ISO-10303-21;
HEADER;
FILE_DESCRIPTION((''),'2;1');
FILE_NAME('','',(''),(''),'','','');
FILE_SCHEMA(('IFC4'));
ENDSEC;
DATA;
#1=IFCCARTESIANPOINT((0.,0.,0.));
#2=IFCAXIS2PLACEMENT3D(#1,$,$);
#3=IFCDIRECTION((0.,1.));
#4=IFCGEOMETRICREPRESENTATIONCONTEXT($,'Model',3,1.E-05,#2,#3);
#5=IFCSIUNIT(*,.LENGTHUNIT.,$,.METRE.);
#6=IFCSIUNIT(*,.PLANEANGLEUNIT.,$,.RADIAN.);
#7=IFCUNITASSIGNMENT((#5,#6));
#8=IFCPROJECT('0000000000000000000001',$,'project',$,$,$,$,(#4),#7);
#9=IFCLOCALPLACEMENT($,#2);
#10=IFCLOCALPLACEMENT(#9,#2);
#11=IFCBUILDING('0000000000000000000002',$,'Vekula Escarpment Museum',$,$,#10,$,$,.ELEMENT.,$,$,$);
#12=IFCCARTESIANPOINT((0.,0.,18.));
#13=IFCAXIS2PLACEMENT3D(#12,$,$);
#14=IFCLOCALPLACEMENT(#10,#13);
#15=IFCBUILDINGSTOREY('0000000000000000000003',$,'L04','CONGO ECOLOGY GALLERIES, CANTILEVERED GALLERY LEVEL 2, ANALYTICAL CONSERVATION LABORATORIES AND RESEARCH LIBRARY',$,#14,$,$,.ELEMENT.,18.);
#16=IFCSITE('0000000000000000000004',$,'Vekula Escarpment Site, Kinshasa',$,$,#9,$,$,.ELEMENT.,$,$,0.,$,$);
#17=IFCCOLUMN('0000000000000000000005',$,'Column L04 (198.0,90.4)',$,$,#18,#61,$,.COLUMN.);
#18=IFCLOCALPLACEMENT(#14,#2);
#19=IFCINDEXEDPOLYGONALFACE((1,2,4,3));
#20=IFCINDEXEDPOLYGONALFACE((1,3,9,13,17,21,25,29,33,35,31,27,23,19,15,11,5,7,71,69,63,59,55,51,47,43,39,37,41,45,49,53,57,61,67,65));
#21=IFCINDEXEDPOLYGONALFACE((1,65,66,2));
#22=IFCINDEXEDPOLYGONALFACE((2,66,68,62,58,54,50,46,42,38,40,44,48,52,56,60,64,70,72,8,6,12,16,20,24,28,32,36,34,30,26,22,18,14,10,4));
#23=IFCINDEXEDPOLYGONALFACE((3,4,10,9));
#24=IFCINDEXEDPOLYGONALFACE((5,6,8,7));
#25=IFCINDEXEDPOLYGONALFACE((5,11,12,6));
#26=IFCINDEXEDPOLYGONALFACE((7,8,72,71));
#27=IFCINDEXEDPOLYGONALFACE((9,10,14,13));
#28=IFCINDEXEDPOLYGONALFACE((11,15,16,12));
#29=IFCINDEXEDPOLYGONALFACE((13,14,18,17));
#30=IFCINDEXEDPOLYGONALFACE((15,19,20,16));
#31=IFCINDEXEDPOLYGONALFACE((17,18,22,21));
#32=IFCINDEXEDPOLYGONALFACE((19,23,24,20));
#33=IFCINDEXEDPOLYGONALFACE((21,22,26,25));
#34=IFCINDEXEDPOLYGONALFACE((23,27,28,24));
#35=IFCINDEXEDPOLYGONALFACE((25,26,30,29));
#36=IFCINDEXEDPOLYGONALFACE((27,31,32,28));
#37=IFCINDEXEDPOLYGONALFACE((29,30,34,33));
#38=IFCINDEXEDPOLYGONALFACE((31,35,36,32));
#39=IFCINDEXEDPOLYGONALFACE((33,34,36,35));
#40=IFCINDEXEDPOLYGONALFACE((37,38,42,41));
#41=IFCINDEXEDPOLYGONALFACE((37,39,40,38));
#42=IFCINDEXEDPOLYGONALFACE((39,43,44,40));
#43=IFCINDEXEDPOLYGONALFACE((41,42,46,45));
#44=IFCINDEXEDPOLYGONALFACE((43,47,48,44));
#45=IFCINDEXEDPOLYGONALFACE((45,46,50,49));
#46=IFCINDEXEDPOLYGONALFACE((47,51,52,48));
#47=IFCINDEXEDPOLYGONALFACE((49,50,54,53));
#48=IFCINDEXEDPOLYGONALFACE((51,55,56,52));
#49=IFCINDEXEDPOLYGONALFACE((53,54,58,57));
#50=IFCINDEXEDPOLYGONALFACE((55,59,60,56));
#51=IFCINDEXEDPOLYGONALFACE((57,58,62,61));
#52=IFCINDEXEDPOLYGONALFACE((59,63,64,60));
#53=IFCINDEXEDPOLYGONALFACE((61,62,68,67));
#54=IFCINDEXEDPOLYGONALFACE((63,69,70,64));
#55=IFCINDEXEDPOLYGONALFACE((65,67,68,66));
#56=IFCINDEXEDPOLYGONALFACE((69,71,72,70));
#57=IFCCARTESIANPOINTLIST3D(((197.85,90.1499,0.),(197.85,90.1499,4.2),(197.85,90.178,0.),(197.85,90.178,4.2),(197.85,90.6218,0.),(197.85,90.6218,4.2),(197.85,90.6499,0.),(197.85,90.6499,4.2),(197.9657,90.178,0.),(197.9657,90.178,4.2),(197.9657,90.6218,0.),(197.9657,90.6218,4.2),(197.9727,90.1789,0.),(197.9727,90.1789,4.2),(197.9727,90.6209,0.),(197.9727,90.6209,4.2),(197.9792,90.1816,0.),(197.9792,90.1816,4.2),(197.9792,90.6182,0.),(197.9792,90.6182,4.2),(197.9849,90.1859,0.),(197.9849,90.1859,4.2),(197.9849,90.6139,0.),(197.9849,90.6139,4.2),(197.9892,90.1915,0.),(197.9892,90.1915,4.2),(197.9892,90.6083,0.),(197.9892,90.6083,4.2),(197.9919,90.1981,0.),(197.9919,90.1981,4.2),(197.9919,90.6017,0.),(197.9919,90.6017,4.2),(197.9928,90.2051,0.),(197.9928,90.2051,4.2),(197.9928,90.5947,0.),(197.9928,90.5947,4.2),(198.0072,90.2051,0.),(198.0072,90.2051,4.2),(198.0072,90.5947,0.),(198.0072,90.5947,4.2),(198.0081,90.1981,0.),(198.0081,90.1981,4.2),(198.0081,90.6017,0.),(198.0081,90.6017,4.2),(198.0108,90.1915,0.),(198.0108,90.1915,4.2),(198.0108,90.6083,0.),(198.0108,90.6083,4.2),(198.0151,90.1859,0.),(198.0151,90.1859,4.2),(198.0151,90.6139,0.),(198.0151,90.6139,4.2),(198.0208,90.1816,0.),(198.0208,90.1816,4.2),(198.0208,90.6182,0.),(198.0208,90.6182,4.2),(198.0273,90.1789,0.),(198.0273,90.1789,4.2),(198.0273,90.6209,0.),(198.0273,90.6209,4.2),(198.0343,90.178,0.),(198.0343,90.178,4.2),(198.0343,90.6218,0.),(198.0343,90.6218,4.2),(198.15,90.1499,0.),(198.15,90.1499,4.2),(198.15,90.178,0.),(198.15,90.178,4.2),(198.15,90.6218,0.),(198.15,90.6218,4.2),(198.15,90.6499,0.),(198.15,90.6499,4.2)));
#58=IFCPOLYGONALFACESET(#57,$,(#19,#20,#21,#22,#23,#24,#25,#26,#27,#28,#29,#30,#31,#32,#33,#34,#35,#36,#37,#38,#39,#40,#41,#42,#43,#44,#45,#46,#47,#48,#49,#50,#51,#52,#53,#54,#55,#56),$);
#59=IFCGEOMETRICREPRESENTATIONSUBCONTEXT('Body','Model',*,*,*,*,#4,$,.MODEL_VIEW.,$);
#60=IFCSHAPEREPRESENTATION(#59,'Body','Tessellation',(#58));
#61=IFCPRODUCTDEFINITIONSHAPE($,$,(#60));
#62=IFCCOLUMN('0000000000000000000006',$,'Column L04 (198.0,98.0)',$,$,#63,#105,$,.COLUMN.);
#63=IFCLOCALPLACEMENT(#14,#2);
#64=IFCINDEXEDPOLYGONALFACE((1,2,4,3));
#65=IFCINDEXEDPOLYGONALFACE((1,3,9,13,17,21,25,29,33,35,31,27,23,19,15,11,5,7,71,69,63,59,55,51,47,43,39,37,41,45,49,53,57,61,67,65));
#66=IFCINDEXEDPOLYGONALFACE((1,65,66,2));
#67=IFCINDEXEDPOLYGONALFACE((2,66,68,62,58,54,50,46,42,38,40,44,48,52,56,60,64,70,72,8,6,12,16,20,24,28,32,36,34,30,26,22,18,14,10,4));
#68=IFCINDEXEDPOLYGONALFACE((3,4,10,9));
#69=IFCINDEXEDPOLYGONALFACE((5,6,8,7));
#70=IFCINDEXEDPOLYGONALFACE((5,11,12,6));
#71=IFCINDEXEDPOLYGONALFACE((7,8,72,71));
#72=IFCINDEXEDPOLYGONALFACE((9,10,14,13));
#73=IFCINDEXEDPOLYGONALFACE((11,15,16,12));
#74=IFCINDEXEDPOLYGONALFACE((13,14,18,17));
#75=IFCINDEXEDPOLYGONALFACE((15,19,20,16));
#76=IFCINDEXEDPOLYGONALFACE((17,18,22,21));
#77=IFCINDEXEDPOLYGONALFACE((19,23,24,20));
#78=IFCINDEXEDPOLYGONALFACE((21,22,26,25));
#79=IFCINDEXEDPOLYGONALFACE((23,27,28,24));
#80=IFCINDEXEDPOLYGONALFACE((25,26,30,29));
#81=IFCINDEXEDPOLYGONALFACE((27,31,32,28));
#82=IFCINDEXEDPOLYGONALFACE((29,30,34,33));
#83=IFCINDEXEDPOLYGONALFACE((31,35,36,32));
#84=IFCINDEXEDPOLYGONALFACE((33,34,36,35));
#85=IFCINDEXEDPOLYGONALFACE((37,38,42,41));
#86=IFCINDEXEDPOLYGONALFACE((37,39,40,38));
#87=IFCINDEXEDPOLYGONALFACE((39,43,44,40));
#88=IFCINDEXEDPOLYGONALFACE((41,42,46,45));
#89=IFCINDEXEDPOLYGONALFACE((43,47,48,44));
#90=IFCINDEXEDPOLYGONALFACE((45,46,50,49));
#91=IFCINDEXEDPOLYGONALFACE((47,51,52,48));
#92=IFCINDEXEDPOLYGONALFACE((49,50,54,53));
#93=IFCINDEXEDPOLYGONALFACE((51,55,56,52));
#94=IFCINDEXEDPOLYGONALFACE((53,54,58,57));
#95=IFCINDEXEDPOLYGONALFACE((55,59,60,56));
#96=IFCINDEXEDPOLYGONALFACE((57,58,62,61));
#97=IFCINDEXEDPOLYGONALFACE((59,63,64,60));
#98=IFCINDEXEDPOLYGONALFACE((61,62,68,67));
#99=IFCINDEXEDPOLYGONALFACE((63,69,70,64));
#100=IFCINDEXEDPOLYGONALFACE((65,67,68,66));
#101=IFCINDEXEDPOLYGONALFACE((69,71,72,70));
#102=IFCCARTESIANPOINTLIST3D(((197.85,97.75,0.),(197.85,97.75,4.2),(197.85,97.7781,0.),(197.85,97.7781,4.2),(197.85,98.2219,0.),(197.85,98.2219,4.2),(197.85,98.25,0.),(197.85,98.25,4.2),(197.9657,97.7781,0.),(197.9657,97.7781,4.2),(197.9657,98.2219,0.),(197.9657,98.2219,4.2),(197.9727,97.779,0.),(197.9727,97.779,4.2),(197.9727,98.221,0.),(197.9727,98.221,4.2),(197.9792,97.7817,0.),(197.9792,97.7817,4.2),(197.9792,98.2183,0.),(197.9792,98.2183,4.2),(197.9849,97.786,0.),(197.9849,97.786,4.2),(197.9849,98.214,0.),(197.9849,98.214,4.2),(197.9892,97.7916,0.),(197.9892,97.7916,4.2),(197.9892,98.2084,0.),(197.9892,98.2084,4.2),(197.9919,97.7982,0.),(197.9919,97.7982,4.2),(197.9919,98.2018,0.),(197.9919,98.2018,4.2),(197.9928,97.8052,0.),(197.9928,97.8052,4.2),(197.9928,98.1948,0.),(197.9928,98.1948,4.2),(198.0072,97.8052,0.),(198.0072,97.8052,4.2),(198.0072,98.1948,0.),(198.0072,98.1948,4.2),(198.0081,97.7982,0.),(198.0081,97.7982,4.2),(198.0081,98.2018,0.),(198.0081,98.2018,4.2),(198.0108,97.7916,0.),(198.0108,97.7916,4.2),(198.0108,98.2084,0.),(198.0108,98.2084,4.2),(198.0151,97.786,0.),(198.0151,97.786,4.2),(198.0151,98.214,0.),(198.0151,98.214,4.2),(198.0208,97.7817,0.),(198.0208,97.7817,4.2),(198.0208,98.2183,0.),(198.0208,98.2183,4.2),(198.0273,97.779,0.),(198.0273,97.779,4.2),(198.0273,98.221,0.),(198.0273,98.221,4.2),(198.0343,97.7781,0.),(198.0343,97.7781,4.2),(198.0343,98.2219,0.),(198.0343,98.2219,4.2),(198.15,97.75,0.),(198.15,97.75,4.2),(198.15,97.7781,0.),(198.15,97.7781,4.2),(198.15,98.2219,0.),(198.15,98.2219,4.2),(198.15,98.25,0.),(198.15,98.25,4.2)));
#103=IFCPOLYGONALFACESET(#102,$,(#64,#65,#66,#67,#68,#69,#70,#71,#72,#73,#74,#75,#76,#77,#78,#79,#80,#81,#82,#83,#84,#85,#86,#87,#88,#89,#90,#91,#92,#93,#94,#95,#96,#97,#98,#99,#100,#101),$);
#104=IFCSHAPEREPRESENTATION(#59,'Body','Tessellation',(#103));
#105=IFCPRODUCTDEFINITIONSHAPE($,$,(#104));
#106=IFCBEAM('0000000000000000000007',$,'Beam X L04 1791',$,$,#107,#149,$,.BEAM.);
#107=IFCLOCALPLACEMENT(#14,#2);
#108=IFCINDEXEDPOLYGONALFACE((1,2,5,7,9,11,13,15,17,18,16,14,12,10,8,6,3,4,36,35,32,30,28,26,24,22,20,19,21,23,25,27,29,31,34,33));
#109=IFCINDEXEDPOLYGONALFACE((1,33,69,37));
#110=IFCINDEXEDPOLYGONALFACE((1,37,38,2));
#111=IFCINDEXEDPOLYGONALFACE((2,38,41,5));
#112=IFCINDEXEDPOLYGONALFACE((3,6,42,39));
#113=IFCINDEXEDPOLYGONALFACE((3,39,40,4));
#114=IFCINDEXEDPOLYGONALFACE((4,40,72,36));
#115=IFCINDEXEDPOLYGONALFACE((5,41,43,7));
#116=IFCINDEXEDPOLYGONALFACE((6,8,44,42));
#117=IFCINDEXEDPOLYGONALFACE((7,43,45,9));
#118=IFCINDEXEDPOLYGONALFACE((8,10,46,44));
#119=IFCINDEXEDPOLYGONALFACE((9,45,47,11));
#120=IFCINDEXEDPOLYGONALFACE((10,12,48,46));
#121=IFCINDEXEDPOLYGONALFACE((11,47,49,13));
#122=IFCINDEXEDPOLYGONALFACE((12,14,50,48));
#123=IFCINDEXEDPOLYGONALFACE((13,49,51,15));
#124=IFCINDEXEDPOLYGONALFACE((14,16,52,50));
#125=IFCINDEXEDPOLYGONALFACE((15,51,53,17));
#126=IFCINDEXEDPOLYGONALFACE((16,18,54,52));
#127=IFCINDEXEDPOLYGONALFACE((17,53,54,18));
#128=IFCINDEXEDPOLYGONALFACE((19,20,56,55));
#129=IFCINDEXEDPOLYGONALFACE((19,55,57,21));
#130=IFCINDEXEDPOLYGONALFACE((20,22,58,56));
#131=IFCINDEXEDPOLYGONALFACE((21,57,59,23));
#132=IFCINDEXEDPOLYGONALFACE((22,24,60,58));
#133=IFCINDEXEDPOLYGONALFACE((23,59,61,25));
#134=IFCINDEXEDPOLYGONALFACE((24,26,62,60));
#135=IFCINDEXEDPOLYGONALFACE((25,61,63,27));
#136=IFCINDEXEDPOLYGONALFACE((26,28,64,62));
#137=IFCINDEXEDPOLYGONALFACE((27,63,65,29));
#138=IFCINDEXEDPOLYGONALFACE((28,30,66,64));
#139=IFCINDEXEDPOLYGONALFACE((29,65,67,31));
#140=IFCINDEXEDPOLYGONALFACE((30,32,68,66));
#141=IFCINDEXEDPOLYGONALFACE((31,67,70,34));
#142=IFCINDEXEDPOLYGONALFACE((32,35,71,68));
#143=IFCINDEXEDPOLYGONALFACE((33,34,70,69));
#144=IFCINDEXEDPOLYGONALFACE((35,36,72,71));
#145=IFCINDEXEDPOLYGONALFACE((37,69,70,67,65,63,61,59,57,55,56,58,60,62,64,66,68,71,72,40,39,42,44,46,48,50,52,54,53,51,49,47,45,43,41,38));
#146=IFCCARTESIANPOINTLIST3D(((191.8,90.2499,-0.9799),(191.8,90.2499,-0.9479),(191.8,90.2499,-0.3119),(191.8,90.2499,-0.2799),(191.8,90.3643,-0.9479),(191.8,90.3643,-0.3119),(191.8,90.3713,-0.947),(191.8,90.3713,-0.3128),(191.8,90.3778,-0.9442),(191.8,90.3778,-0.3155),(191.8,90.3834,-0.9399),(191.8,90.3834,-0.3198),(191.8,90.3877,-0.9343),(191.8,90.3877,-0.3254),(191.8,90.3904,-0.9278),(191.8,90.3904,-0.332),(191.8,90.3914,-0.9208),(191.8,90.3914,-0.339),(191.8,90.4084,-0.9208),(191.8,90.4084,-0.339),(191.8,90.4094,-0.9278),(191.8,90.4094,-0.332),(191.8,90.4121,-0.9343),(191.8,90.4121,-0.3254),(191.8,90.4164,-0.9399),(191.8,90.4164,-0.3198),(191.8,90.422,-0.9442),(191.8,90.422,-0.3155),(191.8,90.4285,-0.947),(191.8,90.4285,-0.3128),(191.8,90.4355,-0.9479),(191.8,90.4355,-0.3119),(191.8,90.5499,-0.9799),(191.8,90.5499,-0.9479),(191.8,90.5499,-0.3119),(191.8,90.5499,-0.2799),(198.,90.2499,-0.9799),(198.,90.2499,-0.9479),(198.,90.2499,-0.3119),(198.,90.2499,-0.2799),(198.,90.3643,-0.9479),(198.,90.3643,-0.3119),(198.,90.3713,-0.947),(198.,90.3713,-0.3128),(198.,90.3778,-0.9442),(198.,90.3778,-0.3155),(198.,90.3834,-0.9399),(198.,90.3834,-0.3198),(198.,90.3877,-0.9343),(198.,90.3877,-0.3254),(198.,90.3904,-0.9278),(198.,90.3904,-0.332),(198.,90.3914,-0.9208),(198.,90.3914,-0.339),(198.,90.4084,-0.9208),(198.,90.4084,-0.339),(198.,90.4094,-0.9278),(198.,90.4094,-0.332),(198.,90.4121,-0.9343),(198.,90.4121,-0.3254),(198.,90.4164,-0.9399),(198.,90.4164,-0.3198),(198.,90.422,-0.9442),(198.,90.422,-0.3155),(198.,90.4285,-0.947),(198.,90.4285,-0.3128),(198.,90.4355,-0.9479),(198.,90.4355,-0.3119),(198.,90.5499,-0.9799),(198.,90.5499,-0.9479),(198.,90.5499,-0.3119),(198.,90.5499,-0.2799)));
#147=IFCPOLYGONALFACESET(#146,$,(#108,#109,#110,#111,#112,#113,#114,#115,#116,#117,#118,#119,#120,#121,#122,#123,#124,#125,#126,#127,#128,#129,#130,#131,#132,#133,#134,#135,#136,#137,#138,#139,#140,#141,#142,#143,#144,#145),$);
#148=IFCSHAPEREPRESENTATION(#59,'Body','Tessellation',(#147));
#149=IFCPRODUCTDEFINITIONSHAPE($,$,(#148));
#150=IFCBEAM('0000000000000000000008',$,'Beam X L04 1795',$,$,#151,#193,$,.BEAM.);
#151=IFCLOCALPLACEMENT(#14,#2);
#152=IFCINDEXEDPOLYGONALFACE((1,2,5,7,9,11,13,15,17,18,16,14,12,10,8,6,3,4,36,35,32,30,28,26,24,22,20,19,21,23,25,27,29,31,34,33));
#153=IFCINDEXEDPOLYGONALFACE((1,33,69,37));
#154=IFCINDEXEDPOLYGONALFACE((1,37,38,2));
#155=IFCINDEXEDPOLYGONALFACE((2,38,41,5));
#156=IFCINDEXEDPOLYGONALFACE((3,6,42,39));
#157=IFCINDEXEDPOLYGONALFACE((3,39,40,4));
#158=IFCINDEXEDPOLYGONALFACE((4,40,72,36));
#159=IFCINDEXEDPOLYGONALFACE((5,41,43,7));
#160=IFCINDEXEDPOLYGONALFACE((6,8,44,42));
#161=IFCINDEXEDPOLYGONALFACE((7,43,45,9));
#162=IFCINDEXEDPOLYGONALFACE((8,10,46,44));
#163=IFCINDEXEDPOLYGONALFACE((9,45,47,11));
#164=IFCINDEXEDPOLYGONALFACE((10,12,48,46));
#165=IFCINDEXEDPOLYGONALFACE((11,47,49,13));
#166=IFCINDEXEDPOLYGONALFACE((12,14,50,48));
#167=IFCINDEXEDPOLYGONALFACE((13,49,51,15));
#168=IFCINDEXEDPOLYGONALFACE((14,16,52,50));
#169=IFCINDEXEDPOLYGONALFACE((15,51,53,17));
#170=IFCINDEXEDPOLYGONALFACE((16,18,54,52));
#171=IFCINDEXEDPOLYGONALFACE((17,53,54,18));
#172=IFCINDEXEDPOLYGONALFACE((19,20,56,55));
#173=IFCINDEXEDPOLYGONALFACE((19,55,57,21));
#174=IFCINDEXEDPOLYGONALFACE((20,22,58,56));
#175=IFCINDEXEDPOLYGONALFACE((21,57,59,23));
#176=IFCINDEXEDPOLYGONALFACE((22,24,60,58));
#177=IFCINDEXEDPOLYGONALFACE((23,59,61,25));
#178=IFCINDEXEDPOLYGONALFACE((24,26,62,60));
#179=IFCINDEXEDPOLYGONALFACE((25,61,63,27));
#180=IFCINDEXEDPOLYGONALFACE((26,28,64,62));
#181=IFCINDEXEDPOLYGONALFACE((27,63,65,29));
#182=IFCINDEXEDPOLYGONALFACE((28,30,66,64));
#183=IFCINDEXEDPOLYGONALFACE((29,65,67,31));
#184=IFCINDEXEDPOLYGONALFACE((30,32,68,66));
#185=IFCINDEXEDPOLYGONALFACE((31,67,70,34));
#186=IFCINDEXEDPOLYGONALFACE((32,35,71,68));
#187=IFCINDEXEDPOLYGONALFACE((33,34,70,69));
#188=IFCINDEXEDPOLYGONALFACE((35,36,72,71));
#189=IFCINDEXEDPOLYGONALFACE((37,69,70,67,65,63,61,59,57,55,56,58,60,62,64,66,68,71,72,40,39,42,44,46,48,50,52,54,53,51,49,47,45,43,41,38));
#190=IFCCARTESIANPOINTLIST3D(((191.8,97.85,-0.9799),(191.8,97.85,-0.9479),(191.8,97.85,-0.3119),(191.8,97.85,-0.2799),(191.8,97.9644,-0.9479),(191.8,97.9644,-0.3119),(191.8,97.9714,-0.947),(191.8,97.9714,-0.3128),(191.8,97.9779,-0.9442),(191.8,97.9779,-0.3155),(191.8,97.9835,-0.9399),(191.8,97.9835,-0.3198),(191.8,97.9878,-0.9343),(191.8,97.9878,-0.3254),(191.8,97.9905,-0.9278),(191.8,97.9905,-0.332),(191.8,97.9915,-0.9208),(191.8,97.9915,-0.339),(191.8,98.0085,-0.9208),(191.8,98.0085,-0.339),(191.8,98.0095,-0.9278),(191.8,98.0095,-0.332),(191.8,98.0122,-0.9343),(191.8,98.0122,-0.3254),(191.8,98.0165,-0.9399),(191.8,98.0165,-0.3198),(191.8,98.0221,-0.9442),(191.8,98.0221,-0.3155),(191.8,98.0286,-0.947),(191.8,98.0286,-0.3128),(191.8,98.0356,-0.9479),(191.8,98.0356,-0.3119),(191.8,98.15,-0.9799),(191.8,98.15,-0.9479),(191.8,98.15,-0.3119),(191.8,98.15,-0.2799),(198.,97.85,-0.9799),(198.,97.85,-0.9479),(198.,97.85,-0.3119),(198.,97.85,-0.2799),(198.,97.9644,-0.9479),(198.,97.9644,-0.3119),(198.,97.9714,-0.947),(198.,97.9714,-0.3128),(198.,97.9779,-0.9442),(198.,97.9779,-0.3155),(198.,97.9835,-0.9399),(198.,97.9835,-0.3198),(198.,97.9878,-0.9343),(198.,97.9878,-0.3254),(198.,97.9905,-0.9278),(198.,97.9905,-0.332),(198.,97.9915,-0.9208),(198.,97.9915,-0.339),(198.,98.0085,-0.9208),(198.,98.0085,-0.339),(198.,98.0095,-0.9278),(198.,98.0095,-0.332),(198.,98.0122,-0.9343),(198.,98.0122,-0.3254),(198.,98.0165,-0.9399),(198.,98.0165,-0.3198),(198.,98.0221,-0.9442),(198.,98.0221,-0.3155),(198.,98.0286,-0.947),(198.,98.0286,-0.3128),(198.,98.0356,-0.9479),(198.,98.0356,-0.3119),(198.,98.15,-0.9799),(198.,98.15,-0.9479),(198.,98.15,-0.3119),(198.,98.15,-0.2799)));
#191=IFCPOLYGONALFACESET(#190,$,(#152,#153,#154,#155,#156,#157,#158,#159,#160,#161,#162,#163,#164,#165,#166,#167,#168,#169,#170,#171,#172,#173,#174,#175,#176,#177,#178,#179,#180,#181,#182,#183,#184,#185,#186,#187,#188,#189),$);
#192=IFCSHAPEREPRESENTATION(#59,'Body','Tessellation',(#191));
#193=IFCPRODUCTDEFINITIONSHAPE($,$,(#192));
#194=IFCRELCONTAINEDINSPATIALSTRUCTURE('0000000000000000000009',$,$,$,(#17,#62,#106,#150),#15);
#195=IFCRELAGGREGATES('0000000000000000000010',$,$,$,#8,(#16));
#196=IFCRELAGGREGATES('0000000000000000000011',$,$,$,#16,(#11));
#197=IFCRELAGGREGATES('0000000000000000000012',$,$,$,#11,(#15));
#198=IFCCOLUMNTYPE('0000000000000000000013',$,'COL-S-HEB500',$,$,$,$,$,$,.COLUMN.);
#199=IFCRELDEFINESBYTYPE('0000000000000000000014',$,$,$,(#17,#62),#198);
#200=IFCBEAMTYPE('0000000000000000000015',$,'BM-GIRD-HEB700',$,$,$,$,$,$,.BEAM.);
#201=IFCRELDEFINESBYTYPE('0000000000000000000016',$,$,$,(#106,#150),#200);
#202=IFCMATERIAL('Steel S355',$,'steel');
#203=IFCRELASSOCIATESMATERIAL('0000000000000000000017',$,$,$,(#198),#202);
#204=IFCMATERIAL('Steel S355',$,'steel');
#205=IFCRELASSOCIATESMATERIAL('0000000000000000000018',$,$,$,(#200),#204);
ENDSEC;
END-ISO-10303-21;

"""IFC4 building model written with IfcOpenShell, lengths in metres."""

from ifc_helpers import new_model, si_unit, direction, frame, origin, origin_2d, place, context, subcontext, project, spatial, i_section, extrude, material, material_profile, profile_set, type_object, element, save


model = new_model("IFC4")

# Units and contexts
model_context = context("Model", 3, precision=1e-05, world=origin(), true_north=direction((0.0, 1.0)))
body_context = subcontext(model_context, "Body", "Model", "MODEL_VIEW")
ifc_project = project(units=[si_unit("LENGTHUNIT", "METRE"), si_unit("PLANEANGLEUNIT", "RADIAN")], contexts=[model_context])

# Site, building, storey
site_placement = place(None, origin())
site = spatial("IfcSite", under=ifc_project, at=site_placement, Name="Vekula Escarpment Site, Kinshasa", CompositionType="ELEMENT", RefElevation=0.0)
building_placement = place(site_placement, origin())
building = spatial("IfcBuilding", under=site, at=building_placement, Name="Vekula Escarpment Museum", CompositionType="ELEMENT")
storey_placement = place(building_placement, frame((0.0, 0.0, 18.0)))
storey = spatial("IfcBuildingStorey", under=building, at=storey_placement, Name="L04", Description="CONGO ECOLOGY GALLERIES, CANTILEVERED GALLERY LEVEL 2, ANALYTICAL CONSERVATION LABORATORIES AND RESEARCH LIBRARY", CompositionType="ELEMENT", Elevation=18.0)

# Columns
ifc_material_1 = material(Name="Steel S355", Category="steel")
ifc_material_profile_1 = material_profile(ifc_material_1, i_section(OverallWidth=0.3, OverallDepth=0.5, WebThickness=0.0144, FlangeThickness=0.0281, FilletRadius=0.0271, at=origin_2d()), Name="HEB 500")
ifc_profile_set_1 = profile_set([ifc_material_profile_1], Name="Steel S355")
column_type = type_object("IfcColumnType", Name="COL-S-HEB500", PredefinedType="COLUMN", material=ifc_profile_set_1)
for number, where, z_axis, x_axis, name in (
    (1, (198.0, 90.3999, 0.0), (0.0, 0.0, 1.0), (1.0, 0.0, 0.0), "Column L04 (198.0,90.4)"),
    (2, (198.0, 98.0, 0.0), (0.0, 0.0, 1.0), (1.0, 0.0, 0.0), "Column L04 (198.0,98.0)"),
):
    element("IfcColumn", number, at=place(storey_placement, frame(where, z_axis=z_axis, x_axis=x_axis)), inside=storey, type_object=column_type, Name=name, PredefinedType="COLUMN", context=body_context, shape_type="SweptSolid", body=[
        extrude(i_section(OverallWidth=0.3, OverallDepth=0.5, WebThickness=0.0144, FlangeThickness=0.0281, FilletRadius=0.0271, at=origin_2d()), origin(), (0.0, 0.0, 1.0), 4.2),
    ])

# Beams
ifc_material_2 = material(Name="Steel S355", Category="steel")
ifc_material_profile_2 = material_profile(ifc_material_2, i_section(OverallWidth=0.3, OverallDepth=0.7, WebThickness=0.0171, FlangeThickness=0.032, FilletRadius=0.0271, at=origin_2d()), Name="HEB 700")
ifc_profile_set_2 = profile_set([ifc_material_profile_2], Name="Steel S355")
beam_type_1 = type_object("IfcBeamType", Name="BM-GIRD-HEB700", PredefinedType="BEAM", material=ifc_profile_set_2)
for number, where, z_axis, x_axis, name in (
    (3, (191.8, 90.3999, -0.6299), (1.0, 0.0, 0.0), (0.0, 1.0, 0.0), "Beam X L04 1791"),
    (4, (191.8, 98.0, -0.6299), (1.0, 0.0, 0.0), (0.0, 1.0, 0.0), "Beam X L04 1795"),
):
    element("IfcBeam", number, at=place(storey_placement, frame(where, z_axis=z_axis, x_axis=x_axis)), inside=storey, type_object=beam_type_1, Name=name, PredefinedType="BEAM", context=body_context, shape_type="SweptSolid", body=[
        extrude(i_section(OverallWidth=0.3, OverallDepth=0.7, WebThickness=0.0171, FlangeThickness=0.032, FilletRadius=0.0271, at=origin_2d()), origin(), (0.0, 0.0, 1.0), 6.2),
    ])

save(model, "model.ifc")
